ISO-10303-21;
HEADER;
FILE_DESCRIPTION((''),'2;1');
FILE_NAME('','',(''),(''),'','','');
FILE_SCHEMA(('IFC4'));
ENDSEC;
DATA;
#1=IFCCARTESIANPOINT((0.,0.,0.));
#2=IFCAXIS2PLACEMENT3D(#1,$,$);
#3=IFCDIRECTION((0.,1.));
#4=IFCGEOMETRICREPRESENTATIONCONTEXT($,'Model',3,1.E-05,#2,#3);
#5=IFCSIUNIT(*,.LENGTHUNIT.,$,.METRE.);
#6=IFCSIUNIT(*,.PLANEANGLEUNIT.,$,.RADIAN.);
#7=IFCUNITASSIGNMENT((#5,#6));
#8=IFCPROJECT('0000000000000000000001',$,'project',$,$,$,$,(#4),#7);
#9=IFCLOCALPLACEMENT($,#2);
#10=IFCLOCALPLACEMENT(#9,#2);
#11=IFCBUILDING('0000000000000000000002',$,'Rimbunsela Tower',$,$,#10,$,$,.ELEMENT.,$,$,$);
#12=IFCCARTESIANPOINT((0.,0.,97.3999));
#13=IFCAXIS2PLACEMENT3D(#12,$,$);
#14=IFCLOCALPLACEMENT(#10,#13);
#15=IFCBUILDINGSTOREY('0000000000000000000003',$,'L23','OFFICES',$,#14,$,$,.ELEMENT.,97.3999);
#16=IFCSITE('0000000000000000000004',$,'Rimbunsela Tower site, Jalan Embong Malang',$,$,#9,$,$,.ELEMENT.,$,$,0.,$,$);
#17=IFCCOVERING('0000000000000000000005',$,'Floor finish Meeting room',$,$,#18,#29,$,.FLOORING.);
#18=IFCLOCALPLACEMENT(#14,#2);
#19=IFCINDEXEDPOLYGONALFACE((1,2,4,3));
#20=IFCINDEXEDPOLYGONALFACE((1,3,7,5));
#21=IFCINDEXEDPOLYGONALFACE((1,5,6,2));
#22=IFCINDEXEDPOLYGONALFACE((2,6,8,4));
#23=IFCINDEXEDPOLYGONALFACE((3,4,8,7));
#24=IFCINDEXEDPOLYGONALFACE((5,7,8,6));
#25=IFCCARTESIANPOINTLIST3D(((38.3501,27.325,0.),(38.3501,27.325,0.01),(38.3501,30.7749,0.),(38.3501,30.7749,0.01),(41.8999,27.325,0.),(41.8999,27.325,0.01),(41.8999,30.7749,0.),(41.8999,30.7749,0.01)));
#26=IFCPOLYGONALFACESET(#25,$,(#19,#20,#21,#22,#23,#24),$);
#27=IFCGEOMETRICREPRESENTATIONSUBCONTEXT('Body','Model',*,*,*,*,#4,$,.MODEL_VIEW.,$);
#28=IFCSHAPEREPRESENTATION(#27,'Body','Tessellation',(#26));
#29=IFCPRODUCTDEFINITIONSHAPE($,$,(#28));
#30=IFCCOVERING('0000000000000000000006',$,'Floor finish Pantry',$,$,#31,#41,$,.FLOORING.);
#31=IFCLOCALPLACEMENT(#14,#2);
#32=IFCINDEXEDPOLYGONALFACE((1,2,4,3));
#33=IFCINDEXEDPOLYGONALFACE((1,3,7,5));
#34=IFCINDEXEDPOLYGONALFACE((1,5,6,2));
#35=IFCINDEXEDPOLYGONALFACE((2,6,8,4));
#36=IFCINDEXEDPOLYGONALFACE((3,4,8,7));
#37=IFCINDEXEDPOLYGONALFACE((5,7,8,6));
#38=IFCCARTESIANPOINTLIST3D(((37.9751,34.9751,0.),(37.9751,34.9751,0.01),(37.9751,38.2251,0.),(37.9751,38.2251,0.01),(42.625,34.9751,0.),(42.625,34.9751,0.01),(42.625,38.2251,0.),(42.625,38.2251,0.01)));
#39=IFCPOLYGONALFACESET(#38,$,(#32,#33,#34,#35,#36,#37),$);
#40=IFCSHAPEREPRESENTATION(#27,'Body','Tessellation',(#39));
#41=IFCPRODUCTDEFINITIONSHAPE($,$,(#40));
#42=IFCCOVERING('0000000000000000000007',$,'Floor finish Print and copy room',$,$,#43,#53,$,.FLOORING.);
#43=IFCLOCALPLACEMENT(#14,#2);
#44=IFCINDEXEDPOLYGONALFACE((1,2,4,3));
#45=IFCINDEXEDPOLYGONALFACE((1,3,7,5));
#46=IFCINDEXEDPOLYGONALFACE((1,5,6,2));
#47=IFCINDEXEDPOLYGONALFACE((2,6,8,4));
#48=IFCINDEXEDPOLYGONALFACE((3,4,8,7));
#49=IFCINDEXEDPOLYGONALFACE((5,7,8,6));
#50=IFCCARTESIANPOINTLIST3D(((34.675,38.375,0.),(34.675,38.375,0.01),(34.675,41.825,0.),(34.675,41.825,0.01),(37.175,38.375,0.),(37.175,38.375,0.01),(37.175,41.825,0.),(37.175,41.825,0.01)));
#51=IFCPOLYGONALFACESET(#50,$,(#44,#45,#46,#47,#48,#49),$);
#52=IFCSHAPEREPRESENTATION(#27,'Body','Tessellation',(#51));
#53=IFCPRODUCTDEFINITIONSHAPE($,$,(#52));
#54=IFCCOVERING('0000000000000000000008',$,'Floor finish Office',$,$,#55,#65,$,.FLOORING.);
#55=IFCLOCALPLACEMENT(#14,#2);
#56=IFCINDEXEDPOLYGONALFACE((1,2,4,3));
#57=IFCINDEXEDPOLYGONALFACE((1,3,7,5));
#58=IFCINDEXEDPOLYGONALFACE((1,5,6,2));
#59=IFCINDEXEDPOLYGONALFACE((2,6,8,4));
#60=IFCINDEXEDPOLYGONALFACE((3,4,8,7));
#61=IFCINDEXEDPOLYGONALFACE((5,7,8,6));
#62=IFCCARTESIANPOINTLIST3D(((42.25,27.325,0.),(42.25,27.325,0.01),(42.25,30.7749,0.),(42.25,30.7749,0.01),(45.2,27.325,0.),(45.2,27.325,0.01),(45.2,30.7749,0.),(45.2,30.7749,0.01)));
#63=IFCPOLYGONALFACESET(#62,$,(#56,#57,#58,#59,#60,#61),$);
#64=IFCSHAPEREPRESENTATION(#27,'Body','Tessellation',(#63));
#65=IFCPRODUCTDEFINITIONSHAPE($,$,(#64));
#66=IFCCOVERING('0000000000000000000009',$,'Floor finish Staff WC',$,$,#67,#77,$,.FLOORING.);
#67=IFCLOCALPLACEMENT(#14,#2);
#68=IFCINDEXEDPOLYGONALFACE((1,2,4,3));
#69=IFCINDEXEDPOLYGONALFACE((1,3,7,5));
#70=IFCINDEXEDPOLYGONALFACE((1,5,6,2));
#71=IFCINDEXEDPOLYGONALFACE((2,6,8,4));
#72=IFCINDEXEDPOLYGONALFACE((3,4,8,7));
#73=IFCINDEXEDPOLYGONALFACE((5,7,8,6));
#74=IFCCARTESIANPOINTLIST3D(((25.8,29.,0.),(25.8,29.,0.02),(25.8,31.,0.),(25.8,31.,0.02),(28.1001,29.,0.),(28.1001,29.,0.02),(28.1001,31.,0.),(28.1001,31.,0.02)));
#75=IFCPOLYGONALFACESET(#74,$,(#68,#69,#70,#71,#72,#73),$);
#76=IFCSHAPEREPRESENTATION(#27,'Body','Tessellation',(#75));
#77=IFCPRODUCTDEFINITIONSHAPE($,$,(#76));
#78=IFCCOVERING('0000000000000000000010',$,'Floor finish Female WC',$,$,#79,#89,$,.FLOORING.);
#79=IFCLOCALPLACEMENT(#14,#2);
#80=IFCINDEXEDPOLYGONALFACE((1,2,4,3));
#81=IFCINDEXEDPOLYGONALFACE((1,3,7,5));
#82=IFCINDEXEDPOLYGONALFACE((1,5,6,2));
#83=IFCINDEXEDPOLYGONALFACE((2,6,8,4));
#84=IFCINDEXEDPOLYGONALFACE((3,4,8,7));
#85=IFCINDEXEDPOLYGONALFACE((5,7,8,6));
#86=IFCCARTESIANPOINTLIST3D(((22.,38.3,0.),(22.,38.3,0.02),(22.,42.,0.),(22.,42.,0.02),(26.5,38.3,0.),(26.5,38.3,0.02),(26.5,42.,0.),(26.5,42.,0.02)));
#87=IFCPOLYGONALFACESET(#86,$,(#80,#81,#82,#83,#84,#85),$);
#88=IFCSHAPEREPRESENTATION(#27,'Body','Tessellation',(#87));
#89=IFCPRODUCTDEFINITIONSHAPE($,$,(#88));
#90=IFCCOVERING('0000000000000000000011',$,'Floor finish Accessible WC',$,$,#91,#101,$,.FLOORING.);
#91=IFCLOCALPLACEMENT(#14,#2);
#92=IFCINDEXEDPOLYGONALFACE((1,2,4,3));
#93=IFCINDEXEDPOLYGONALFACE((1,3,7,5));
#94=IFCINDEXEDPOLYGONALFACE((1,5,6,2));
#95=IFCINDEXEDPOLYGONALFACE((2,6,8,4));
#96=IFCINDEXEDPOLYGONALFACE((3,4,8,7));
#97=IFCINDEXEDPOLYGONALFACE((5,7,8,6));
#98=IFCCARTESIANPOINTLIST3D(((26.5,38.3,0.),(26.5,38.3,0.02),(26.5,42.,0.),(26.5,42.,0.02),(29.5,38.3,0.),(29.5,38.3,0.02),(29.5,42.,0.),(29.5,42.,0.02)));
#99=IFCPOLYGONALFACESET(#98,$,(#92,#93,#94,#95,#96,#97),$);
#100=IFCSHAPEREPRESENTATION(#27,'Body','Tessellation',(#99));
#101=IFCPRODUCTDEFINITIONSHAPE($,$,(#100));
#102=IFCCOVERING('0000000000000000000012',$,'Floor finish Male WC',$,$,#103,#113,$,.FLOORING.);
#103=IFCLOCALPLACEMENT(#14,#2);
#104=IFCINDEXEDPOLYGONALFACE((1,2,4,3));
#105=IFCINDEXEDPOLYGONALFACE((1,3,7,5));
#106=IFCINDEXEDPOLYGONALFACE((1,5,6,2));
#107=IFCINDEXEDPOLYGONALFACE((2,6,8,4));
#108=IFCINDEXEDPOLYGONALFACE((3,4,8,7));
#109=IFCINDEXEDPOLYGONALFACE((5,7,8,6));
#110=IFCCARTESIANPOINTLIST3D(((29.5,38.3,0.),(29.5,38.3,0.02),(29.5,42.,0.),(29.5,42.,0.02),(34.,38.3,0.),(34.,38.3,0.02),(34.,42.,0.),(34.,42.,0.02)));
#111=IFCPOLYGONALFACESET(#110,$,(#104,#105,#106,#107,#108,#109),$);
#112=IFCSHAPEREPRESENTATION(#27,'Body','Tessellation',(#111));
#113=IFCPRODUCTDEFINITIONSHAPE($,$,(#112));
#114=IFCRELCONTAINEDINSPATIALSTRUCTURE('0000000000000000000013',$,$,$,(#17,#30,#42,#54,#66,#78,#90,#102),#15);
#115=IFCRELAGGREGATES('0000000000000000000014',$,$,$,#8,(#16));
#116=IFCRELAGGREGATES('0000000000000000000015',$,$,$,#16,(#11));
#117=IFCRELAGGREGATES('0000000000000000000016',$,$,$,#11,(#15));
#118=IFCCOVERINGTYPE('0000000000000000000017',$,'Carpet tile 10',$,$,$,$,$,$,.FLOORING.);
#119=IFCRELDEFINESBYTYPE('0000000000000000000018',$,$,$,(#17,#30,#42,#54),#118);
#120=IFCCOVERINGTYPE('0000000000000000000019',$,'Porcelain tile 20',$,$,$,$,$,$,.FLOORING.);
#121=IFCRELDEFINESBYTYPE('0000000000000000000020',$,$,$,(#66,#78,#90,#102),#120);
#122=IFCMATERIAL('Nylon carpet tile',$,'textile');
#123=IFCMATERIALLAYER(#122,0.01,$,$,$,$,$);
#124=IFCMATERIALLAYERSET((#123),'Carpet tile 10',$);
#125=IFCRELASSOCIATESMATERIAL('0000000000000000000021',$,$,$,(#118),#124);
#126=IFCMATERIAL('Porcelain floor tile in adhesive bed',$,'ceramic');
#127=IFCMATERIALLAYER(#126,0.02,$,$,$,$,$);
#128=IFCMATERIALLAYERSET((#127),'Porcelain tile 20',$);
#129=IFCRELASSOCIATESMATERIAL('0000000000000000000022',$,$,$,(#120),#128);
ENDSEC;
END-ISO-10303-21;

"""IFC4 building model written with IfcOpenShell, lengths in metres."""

from ifc_helpers import new_model, si_unit, direction, frame, origin, place, context, subcontext, project, spatial, polyline, outline, extrude, material, layer, layer_set, type_object, element, save


model = new_model("IFC4")

# Units and contexts
model_context = context("Model", 3, precision=1e-05, world=origin(), true_north=direction((0.0, 1.0)))
body_context = subcontext(model_context, "Body", "Model", "MODEL_VIEW")
ifc_project = project(units=[si_unit("LENGTHUNIT", "METRE"), si_unit("PLANEANGLEUNIT", "RADIAN")], contexts=[model_context])

# Site, building, storey
site_placement = place(None, origin())
site = spatial("IfcSite", under=ifc_project, at=site_placement, Name="Rimbunsela Tower site, Jalan Embong Malang", CompositionType="ELEMENT", RefElevation=0.0)
building_placement = place(site_placement, origin())
building = spatial("IfcBuilding", under=site, at=building_placement, Name="Rimbunsela Tower", CompositionType="ELEMENT")
storey_placement = place(building_placement, frame((0.0, 0.0, 97.3999)))
storey = spatial("IfcBuildingStorey", under=building, at=storey_placement, Name="L23", Description="OFFICES", CompositionType="ELEMENT", Elevation=97.3999)

# Coverings
ifc_material_1 = material(Name="Nylon carpet tile", Category="textile")
ifc_layer_1 = layer(ifc_material_1, 0.01)
ifc_layer_set_1 = layer_set([ifc_layer_1], Name="Carpet tile 10")
covering_type_1 = type_object("IfcCoveringType", Name="Carpet tile 10", PredefinedType="FLOORING", material=ifc_layer_set_1)
covering_1_placement = place(storey_placement, origin())
element("IfcCovering", 1, at=covering_1_placement, inside=storey, type_object=covering_type_1, Name="Floor finish Meeting room", PredefinedType="FLOORING", context=body_context, shape_type="SweptSolid", body=[
    extrude(outline(polyline([(41.8999, 27.325), (41.8999, 30.7749), (38.3501, 30.7749), (38.3501, 27.325), (41.8999, 27.325)])), origin(), (0.0, 0.0, 1.0), 0.01),
])
covering_2_placement = place(storey_placement, origin())
element("IfcCovering", 2, at=covering_2_placement, inside=storey, type_object=covering_type_1, Name="Floor finish Pantry", PredefinedType="FLOORING", context=body_context, shape_type="SweptSolid", body=[
    extrude(outline(polyline([(42.625, 34.9751), (42.625, 38.2251), (37.9751, 38.2251), (37.9751, 34.9751), (42.625, 34.9751)])), origin(), (0.0, 0.0, 1.0), 0.01),
])
covering_3_placement = place(storey_placement, origin())
element("IfcCovering", 3, at=covering_3_placement, inside=storey, type_object=covering_type_1, Name="Floor finish Print and copy room", PredefinedType="FLOORING", context=body_context, shape_type="SweptSolid", body=[
    extrude(outline(polyline([(37.175, 38.375), (37.175, 41.825), (34.675, 41.825), (34.675, 38.375), (37.175, 38.375)])), origin(), (0.0, 0.0, 1.0), 0.01),
])
covering_4_placement = place(storey_placement, origin())
element("IfcCovering", 4, at=covering_4_placement, inside=storey, type_object=covering_type_1, Name="Floor finish Office", PredefinedType="FLOORING", context=body_context, shape_type="SweptSolid", body=[
    extrude(outline(polyline([(45.2, 27.325), (45.2, 30.7749), (42.25, 30.7749), (42.25, 27.325), (45.2, 27.325)])), origin(), (0.0, 0.0, 1.0), 0.01),
])
ifc_material_2 = material(Name="Porcelain floor tile in adhesive bed", Category="ceramic")
ifc_layer_2 = layer(ifc_material_2, 0.02)
ifc_layer_set_2 = layer_set([ifc_layer_2], Name="Porcelain tile 20")
covering_type_2 = type_object("IfcCoveringType", Name="Porcelain tile 20", PredefinedType="FLOORING", material=ifc_layer_set_2)
covering_5_placement = place(storey_placement, origin())
element("IfcCovering", 5, at=covering_5_placement, inside=storey, type_object=covering_type_2, Name="Floor finish Staff WC", PredefinedType="FLOORING", context=body_context, shape_type="SweptSolid", body=[
    extrude(outline(polyline([(28.1001, 29.0), (28.1001, 31.0), (25.8, 31.0), (25.8, 29.0), (28.1001, 29.0)])), origin(), (0.0, 0.0, 1.0), 0.02),
])
covering_6_placement = place(storey_placement, origin())
element("IfcCovering", 6, at=covering_6_placement, inside=storey, type_object=covering_type_2, Name="Floor finish Female WC", PredefinedType="FLOORING", context=body_context, shape_type="SweptSolid", body=[
    extrude(outline(polyline([(26.5, 38.3), (26.5, 42.0), (22.0, 42.0), (22.0, 38.3), (26.5, 38.3)])), origin(), (0.0, 0.0, 1.0), 0.02),
])
covering_7_placement = place(storey_placement, origin())
element("IfcCovering", 7, at=covering_7_placement, inside=storey, type_object=covering_type_2, Name="Floor finish Accessible WC", PredefinedType="FLOORING", context=body_context, shape_type="SweptSolid", body=[
    extrude(outline(polyline([(29.5, 38.3), (29.5, 42.0), (26.5, 42.0), (26.5, 38.3), (29.5, 38.3)])), origin(), (0.0, 0.0, 1.0), 0.02),
])
covering_8_placement = place(storey_placement, origin())
element("IfcCovering", 8, at=covering_8_placement, inside=storey, type_object=covering_type_2, Name="Floor finish Male WC", PredefinedType="FLOORING", context=body_context, shape_type="SweptSolid", body=[
    extrude(outline(polyline([(34.0, 38.3), (34.0, 42.0), (29.5, 42.0), (29.5, 38.3), (34.0, 38.3)])), origin(), (0.0, 0.0, 1.0), 0.02),
])

save(model, "model.ifc")
